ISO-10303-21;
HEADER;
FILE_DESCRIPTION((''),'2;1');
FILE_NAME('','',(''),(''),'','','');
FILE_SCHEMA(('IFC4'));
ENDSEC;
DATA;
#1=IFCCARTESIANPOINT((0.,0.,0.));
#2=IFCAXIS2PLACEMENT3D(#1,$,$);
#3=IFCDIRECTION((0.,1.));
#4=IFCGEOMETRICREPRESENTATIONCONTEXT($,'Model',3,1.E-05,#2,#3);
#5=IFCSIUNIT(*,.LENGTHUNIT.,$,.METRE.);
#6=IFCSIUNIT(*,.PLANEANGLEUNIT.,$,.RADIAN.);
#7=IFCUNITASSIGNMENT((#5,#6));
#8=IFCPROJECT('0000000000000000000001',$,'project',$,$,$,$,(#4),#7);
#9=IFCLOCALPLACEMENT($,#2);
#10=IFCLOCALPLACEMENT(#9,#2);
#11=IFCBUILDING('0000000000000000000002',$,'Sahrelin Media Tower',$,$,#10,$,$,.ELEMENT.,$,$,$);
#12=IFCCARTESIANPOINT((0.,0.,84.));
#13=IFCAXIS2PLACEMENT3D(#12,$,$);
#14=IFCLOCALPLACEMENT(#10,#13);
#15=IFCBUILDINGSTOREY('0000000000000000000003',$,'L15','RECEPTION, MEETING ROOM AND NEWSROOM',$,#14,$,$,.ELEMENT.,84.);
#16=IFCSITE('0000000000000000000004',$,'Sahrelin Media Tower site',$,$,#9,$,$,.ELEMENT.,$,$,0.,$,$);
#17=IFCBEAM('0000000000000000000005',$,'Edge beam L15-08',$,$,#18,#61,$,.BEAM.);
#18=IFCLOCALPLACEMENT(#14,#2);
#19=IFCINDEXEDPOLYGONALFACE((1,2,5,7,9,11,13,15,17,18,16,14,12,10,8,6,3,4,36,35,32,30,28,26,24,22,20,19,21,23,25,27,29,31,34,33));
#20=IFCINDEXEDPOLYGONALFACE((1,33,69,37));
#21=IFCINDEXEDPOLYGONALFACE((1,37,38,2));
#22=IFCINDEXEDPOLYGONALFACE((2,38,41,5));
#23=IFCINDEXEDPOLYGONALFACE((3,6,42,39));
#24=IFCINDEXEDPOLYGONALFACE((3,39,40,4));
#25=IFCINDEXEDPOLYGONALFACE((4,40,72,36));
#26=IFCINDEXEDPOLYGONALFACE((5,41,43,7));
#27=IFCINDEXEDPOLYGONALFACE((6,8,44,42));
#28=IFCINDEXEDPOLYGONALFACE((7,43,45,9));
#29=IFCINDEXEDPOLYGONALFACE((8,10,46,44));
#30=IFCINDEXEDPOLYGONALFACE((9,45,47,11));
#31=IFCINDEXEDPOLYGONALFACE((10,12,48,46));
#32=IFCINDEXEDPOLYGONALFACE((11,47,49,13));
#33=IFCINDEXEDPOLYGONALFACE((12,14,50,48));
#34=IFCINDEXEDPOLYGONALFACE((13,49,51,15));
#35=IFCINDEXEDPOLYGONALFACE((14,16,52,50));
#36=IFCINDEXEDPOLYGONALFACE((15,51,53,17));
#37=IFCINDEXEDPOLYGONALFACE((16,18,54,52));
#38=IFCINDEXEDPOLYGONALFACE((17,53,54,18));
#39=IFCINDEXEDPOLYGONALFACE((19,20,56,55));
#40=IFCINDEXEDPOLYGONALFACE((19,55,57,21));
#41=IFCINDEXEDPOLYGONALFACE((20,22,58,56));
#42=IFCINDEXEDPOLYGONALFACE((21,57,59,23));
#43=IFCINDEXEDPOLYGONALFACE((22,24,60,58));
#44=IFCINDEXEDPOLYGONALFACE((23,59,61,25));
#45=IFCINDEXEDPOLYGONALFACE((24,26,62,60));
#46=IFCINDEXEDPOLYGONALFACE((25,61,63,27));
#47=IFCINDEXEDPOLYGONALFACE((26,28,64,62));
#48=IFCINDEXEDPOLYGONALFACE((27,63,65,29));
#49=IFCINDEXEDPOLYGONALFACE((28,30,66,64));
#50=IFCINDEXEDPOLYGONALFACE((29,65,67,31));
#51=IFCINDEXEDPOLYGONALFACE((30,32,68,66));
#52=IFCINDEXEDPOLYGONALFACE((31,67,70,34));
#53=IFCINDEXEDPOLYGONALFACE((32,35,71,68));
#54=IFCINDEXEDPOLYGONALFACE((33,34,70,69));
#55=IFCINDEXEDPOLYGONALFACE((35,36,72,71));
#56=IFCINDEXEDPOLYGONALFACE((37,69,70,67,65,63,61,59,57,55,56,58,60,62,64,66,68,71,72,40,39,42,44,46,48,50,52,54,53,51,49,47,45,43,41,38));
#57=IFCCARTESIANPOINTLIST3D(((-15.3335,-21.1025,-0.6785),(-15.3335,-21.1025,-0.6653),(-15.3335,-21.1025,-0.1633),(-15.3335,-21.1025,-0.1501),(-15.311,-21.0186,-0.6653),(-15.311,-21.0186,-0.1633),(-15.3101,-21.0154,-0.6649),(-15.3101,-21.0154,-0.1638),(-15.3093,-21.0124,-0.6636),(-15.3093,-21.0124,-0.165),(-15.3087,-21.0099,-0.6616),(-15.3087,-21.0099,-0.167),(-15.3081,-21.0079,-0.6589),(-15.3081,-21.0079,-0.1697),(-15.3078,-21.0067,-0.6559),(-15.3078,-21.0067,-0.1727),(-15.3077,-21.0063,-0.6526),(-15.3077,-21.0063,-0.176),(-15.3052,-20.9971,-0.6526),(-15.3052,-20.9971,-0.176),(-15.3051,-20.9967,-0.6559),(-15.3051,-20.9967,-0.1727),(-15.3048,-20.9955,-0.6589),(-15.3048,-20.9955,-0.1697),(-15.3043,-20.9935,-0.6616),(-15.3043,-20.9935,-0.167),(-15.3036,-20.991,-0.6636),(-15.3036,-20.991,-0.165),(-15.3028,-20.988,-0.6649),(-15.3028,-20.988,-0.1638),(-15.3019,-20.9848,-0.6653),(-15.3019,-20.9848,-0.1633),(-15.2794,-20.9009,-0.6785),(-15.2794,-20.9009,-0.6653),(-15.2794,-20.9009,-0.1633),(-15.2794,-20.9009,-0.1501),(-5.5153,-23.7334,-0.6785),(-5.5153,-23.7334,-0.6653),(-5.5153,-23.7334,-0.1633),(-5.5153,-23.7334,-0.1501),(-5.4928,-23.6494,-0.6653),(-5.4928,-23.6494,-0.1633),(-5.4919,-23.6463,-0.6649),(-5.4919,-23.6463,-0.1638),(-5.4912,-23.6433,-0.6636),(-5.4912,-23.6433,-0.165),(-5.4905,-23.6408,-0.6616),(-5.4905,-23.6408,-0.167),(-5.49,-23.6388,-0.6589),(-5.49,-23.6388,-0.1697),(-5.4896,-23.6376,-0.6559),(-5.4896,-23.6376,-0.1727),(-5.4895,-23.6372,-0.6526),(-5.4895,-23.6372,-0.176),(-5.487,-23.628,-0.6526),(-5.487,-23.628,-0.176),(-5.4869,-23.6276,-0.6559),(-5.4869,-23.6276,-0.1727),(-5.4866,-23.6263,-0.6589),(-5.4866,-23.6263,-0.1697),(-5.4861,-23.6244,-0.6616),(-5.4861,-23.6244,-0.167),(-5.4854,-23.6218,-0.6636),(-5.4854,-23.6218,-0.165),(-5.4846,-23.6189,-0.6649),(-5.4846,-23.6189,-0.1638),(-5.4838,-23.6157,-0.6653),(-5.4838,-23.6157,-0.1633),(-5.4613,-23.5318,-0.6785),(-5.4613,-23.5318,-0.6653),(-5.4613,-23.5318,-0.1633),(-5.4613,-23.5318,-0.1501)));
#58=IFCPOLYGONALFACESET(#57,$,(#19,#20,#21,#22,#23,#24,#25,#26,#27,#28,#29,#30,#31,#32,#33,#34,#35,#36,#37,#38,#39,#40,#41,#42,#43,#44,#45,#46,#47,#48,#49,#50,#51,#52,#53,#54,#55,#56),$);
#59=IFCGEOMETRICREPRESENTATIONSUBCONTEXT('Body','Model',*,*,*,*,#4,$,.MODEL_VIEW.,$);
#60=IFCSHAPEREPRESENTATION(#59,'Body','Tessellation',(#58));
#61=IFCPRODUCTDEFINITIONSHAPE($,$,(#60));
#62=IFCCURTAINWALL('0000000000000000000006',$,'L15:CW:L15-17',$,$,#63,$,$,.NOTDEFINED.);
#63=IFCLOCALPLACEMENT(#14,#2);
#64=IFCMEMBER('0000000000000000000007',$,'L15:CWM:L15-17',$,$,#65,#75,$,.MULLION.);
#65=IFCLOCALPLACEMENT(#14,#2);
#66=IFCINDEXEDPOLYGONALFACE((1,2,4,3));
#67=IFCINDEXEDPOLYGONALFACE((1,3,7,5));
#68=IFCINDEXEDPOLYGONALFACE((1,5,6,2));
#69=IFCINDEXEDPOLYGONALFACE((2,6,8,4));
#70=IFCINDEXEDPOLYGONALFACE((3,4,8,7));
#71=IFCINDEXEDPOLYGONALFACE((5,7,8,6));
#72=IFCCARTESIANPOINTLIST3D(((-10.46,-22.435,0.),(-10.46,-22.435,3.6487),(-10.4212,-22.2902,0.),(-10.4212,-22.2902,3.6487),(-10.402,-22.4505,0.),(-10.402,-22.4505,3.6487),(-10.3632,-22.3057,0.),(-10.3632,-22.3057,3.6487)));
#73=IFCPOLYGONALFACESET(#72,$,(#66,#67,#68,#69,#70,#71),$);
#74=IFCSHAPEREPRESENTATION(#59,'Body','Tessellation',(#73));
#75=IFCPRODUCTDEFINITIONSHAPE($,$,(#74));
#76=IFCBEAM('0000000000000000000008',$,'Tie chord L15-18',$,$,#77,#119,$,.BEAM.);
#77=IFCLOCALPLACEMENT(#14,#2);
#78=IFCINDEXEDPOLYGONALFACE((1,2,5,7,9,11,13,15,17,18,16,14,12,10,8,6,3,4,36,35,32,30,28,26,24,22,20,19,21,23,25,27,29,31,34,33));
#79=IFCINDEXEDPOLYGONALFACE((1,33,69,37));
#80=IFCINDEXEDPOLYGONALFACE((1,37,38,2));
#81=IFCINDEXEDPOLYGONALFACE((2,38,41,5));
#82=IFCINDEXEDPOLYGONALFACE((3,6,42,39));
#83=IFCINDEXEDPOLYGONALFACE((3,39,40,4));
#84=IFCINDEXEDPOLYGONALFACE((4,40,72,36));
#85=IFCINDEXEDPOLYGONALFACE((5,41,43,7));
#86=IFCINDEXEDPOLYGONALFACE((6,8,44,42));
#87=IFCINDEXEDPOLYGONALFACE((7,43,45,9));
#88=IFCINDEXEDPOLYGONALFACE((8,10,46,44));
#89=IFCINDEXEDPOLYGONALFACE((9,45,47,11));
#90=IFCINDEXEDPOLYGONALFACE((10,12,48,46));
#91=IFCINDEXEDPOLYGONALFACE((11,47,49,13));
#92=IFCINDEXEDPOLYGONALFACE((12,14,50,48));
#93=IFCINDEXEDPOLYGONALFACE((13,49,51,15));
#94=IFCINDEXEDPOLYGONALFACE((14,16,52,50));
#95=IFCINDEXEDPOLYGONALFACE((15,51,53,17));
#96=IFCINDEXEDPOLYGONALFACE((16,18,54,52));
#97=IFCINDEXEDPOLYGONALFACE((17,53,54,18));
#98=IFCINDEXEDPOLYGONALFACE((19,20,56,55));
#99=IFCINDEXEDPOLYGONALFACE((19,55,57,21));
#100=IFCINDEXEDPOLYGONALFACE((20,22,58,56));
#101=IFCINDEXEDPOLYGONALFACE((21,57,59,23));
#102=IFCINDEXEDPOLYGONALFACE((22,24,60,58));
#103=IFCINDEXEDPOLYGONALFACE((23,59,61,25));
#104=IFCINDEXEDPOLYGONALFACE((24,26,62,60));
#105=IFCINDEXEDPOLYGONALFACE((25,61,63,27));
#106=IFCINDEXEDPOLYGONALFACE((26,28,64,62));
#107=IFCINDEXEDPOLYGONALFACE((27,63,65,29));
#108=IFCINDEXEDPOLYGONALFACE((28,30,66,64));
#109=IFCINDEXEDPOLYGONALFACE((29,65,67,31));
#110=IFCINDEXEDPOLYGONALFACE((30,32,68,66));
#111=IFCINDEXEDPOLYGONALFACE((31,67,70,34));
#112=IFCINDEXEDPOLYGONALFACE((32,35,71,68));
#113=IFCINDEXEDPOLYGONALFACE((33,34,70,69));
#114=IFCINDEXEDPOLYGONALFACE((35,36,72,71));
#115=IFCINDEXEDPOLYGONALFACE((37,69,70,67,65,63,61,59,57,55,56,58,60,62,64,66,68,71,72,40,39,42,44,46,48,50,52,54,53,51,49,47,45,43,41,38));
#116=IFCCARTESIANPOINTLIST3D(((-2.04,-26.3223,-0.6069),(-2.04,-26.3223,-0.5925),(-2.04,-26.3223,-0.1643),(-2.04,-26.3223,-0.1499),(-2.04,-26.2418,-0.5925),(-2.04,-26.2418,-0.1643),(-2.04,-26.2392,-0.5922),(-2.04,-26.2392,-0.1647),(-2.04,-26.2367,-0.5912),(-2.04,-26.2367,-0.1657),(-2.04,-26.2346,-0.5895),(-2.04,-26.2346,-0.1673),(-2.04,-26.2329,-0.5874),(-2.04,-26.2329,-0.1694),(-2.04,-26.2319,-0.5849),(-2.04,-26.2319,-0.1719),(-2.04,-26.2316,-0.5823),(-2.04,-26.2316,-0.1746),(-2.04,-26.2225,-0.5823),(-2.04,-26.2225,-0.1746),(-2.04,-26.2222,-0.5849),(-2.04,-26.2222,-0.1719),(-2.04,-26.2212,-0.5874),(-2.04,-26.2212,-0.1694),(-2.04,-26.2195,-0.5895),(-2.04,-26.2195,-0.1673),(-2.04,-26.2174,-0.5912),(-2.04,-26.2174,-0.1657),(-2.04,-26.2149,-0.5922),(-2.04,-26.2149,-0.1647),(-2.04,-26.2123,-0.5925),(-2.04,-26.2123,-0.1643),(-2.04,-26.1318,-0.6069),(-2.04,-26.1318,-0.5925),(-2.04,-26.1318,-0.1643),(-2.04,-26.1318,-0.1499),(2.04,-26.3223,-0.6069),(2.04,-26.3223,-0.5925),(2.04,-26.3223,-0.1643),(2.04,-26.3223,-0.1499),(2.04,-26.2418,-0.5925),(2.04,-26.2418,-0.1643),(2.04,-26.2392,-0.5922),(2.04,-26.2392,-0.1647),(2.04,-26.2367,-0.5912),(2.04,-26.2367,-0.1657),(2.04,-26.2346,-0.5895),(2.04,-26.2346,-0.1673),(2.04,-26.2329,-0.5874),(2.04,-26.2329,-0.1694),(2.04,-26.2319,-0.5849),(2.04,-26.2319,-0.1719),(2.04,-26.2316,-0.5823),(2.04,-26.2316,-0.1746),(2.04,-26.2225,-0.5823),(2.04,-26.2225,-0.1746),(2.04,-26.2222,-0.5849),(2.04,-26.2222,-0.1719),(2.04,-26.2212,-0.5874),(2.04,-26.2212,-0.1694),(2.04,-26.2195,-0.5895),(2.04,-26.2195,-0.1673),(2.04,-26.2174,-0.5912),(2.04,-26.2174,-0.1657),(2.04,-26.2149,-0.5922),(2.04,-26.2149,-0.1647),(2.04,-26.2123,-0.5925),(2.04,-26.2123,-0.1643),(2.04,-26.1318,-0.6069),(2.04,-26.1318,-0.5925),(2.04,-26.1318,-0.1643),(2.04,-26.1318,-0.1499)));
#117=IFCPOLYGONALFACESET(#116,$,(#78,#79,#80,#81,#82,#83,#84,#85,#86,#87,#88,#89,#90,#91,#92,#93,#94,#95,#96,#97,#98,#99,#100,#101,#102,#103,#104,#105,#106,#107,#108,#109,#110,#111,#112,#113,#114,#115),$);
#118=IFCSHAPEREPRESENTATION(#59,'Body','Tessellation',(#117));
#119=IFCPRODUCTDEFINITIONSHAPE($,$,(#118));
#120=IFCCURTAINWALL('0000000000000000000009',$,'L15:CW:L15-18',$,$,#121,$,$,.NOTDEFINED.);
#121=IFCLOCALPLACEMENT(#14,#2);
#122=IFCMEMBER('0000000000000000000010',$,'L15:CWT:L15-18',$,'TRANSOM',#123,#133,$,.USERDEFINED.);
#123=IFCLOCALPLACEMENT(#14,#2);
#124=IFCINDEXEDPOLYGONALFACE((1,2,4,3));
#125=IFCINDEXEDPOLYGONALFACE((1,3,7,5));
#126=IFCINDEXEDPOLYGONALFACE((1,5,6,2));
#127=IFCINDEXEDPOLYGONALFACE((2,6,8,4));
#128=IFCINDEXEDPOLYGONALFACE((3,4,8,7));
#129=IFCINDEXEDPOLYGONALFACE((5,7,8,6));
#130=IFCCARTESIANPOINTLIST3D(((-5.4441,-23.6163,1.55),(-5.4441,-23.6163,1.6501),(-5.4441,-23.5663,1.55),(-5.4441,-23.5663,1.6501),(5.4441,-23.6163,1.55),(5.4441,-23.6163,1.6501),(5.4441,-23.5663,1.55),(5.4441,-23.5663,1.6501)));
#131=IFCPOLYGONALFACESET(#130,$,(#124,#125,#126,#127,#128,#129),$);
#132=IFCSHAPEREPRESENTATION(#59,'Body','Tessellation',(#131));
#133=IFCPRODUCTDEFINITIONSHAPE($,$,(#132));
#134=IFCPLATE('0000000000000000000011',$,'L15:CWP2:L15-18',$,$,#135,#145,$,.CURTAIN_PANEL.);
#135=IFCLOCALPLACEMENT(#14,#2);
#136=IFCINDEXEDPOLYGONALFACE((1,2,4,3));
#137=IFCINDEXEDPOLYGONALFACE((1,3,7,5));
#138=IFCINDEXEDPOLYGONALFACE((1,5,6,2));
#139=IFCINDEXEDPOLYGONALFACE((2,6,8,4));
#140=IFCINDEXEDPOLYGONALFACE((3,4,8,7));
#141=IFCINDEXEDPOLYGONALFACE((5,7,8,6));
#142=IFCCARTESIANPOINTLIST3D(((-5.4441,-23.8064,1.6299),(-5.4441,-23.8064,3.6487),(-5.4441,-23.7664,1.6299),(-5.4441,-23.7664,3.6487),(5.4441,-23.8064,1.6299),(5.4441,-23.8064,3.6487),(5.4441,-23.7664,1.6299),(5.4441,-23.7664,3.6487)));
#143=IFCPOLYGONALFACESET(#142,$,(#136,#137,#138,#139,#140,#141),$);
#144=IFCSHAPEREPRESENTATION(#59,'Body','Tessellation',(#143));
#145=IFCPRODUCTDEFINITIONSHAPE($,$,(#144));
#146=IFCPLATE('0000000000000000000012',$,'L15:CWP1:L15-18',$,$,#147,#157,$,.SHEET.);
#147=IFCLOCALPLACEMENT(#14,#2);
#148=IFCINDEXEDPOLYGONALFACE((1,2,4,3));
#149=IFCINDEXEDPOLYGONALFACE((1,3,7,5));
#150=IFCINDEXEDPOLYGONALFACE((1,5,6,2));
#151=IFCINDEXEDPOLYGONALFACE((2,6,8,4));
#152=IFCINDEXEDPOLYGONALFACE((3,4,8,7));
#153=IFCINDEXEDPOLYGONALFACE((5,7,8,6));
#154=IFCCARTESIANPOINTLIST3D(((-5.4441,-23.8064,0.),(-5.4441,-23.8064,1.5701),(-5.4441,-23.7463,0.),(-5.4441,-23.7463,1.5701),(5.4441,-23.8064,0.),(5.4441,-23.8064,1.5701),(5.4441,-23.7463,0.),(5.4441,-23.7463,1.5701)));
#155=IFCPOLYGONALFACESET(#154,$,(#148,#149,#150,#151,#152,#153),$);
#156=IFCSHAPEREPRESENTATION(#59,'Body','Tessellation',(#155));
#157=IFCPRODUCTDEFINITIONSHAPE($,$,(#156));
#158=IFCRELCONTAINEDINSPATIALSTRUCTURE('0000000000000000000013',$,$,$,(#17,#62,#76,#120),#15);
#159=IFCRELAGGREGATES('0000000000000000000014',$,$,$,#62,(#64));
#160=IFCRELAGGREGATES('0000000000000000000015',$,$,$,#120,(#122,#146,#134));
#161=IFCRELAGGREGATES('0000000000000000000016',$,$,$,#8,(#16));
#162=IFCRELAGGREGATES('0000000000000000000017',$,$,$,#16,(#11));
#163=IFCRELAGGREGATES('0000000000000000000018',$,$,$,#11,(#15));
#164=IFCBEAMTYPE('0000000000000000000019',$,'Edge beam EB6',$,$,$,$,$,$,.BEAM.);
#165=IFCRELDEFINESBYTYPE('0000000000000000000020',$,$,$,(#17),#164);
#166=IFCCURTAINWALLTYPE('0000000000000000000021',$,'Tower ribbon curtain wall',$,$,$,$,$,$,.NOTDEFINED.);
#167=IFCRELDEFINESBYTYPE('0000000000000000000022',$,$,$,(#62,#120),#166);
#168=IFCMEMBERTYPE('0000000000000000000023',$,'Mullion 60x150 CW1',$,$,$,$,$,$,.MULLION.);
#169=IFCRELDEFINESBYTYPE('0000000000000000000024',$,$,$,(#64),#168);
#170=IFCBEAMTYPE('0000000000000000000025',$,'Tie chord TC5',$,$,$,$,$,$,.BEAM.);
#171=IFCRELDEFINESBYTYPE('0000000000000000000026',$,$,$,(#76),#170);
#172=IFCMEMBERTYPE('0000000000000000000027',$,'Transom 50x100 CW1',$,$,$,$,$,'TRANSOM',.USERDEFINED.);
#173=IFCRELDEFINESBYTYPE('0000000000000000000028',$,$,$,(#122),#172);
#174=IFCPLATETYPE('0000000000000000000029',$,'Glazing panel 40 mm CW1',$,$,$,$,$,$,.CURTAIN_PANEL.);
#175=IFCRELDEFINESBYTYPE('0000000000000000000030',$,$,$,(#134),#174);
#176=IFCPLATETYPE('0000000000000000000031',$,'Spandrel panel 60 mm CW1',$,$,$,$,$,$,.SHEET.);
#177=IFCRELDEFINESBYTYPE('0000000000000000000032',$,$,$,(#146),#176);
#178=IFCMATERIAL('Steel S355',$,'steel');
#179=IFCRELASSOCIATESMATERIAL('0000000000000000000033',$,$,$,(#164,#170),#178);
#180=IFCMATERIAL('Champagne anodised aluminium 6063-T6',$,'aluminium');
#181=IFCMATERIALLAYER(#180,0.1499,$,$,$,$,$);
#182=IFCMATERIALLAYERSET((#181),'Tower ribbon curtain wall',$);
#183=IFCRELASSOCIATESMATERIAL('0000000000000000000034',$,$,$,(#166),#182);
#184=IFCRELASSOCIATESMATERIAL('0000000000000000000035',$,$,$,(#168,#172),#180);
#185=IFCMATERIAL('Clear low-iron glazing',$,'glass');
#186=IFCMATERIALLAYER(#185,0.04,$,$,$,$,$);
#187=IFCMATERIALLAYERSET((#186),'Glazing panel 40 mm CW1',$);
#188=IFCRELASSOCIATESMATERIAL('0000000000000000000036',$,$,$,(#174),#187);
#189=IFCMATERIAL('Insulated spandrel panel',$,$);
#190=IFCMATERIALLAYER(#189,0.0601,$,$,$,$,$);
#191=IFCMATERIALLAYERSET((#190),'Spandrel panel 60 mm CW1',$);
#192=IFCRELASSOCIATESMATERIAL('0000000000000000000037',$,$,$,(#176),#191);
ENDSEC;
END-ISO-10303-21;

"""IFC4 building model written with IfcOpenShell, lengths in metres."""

from ifc_helpers import new_model, si_unit, direction, frame, origin, origin_2d, place, context, subcontext, project, spatial, polyline, rectangle, i_section, outline, extrude, material, layer, layer_set, material_profile, profile_set, type_object, element, aggregate, save


model = new_model("IFC4")

# Units and contexts
model_context = context("Model", 3, precision=1e-05, world=origin(), true_north=direction((0.0, 1.0)))
body_context = subcontext(model_context, "Body", "Model", "MODEL_VIEW")
ifc_project = project(units=[si_unit("LENGTHUNIT", "METRE"), si_unit("PLANEANGLEUNIT", "RADIAN")], contexts=[model_context])

# Site, building, storey
site_placement = place(None, origin())
site = spatial("IfcSite", under=ifc_project, at=site_placement, Name="Sahrelin Media Tower site", CompositionType="ELEMENT", RefElevation=0.0)
building_placement = place(site_placement, origin())
building = spatial("IfcBuilding", under=site, at=building_placement, Name="Sahrelin Media Tower", CompositionType="ELEMENT")
storey_placement = place(building_placement, frame((0.0, 0.0, 84.0)))
storey = spatial("IfcBuildingStorey", under=building, at=storey_placement, Name="L15", Description="RECEPTION, MEETING ROOM AND NEWSROOM", CompositionType="ELEMENT", Elevation=84.0)

# Beam
ifc_material_1 = material(Name="Steel S355", Category="steel")
ifc_material_profile_1 = material_profile(ifc_material_1, i_section(OverallWidth=0.2087, OverallDepth=0.5283, WebThickness=0.0095, FlangeThickness=0.0132, FilletRadius=0.0127, at=origin_2d()), Name="UB 533x210x82")
ifc_profile_set_1 = profile_set([ifc_material_profile_1], Name="Steel S355")
beam_type_1 = type_object("IfcBeamType", Name="Edge beam EB6", PredefinedType="BEAM", material=ifc_profile_set_1)
beam_1_placement = place(storey_placement, frame((-5.4883, -23.6326, -0.4143), z_axis=(-0.965923, 0.258829, 0.0), x_axis=(-0.258829, -0.965923, 0.0)))
element("IfcBeam", 1, at=beam_1_placement, inside=storey, type_object=beam_type_1, Name="Edge beam L15-08", PredefinedType="BEAM", context=body_context, shape_type="SweptSolid", body=[
    extrude(i_section(OverallWidth=0.2087, OverallDepth=0.5283, WebThickness=0.0095, FlangeThickness=0.0132, FilletRadius=0.0127, at=origin_2d()), origin(), (0.0, 0.0, 1.0), 10.1646),
])

# Curtain wall, member
ifc_material_2 = material(Name="Champagne anodised aluminium 6063-T6", Category="aluminium")
ifc_layer_1 = layer(ifc_material_2, 0.1499)
ifc_layer_set_1 = layer_set([ifc_layer_1], Name="Tower ribbon curtain wall")
curtain_wall_type = type_object("IfcCurtainWallType", Name="Tower ribbon curtain wall", PredefinedType="NOTDEFINED", material=ifc_layer_set_1)
curtain_wall_1_placement = place(storey_placement, frame((-10.4363, -22.4622, 0.0), z_axis=(0.0, 0.0, 1.0), x_axis=(1.0, 0.0, 0.0)))
curtain_wall_1 = element("IfcCurtainWall", 2, at=curtain_wall_1_placement, inside=storey, type_object=curtain_wall_type, Name="L15:CW:L15-17", PredefinedType="NOTDEFINED")
ifc_material_profile_2 = material_profile(ifc_material_2, rectangle(XDim=0.0601, YDim=0.1499, at=origin_2d()), Name="Mullion 60x150")
ifc_profile_set_2 = profile_set([ifc_material_profile_2], Name="Champagne anodised aluminium 6063-T6")
member_type_1 = type_object("IfcMemberType", Name="Mullion 60x150 CW1", PredefinedType="MULLION", material=ifc_profile_set_2)
member_1_placement = place(storey_placement, frame((-10.4116, -22.3704, 0.0), z_axis=(0.0, 0.0, 1.0), x_axis=(0.965926, -0.258817, 0.0)))
member_1 = element("IfcMember", 3, at=member_1_placement, type_object=member_type_1, Name="L15:CWM:L15-17", PredefinedType="MULLION", context=body_context, shape_type="SweptSolid", body=[
    extrude(rectangle(XDim=0.0601, YDim=0.1499, at=origin_2d()), origin(), (0.0, 0.0, 1.0), 3.6487),
])
aggregate(curtain_wall_1, [member_1])

# Beam
ifc_material_profile_3 = material_profile(ifc_material_1, i_section(OverallWidth=0.1904, OverallDepth=0.457, WebThickness=0.009, FlangeThickness=0.0144, FilletRadius=0.0103, at=origin_2d()), Name="UB 457x191x74")
ifc_profile_set_3 = profile_set([ifc_material_profile_3], Name="Steel S355")
beam_type_2 = type_object("IfcBeamType", Name="Tie chord TC5", PredefinedType="BEAM", material=ifc_profile_set_3)
beam_2_placement = place(storey_placement, frame((-2.04, -26.2271, -0.3784), z_axis=(1.0, 0.0, 0.0), x_axis=(0.0, 1.0, 0.0)))
element("IfcBeam", 4, at=beam_2_placement, inside=storey, type_object=beam_type_2, Name="Tie chord L15-18", PredefinedType="BEAM", context=body_context, shape_type="SweptSolid", body=[
    extrude(i_section(OverallWidth=0.1904, OverallDepth=0.457, WebThickness=0.009, FlangeThickness=0.0144, FilletRadius=0.0103, at=origin_2d()), origin(), (0.0, 0.0, 1.0), 4.0801),
])

# Curtain wall, member, plates
curtain_wall_2_placement = place(storey_placement, frame((0.0, -23.7864, 0.0), z_axis=(0.0, 0.0, 1.0), x_axis=(1.0, 0.0, 0.0)))
curtain_wall_2 = element("IfcCurtainWall", 5, at=curtain_wall_2_placement, inside=storey, type_object=curtain_wall_type, Name="L15:CW:L15-18", PredefinedType="NOTDEFINED")
ifc_material_profile_4 = material_profile(ifc_material_2, rectangle(XDim=0.05, YDim=0.1001, at=origin_2d()), Name="Transom 50x100")
ifc_profile_set_4 = profile_set([ifc_material_profile_4], Name="Champagne anodised aluminium 6063-T6")
member_type_2 = type_object("IfcMemberType", Name="Transom 50x100 CW1", ElementType="TRANSOM", PredefinedType="USERDEFINED", material=ifc_profile_set_4)
member_2_placement = place(storey_placement, frame((-5.4441, -23.5913, 1.6001), z_axis=(1.0, 0.0, 0.0), x_axis=(0.0, 1.0, 0.0)))
member_2 = element("IfcMember", 6, at=member_2_placement, type_object=member_type_2, Name="L15:CWT:L15-18", ObjectType="TRANSOM", PredefinedType="USERDEFINED", context=body_context, shape_type="SweptSolid", body=[
    extrude(rectangle(XDim=0.05, YDim=0.1001, at=origin_2d()), origin(), (0.0, 0.0, 1.0), 10.8882),
])
ifc_material_3 = material(Name="Clear low-iron glazing", Category="glass")
ifc_layer_2 = layer(ifc_material_3, 0.04)
ifc_layer_set_2 = layer_set([ifc_layer_2], Name="Glazing panel 40 mm CW1")
plate_type_1 = type_object("IfcPlateType", Name="Glazing panel 40 mm CW1", PredefinedType="CURTAIN_PANEL", material=ifc_layer_set_2)
plate_1_placement = place(storey_placement, frame((-5.4441, -23.8064, 1.6299), z_axis=(0.0, -1.0, 0.0), x_axis=(1.0, 0.0, 0.0)))
plate_1 = element("IfcPlate", 7, at=plate_1_placement, type_object=plate_type_1, Name="L15:CWP2:L15-18", PredefinedType="CURTAIN_PANEL", context=body_context, shape_type="SweptSolid", body=[
    extrude(outline(polyline([(0.0, 0.0), (10.8882, 0.0), (10.8882, 2.0188), (0.0, 2.0188), (0.0, 0.0)])), origin(), (0.0, 0.0, -1.0), 0.04),
])
ifc_material_4 = material(Name="Insulated spandrel panel")
ifc_layer_3 = layer(ifc_material_4, 0.0601)
ifc_layer_set_3 = layer_set([ifc_layer_3], Name="Spandrel panel 60 mm CW1")
plate_type_2 = type_object("IfcPlateType", Name="Spandrel panel 60 mm CW1", PredefinedType="SHEET", material=ifc_layer_set_3)
plate_2_placement = place(storey_placement, frame((-5.4441, -23.8064, 0.0), z_axis=(0.0, -1.0, 0.0), x_axis=(1.0, 0.0, 0.0)))
plate_2 = element("IfcPlate", 8, at=plate_2_placement, type_object=plate_type_2, Name="L15:CWP1:L15-18", PredefinedType="SHEET", context=body_context, shape_type="SweptSolid", body=[
    extrude(outline(polyline([(0.0, 0.0), (10.8882, 0.0), (10.8882, 1.5701), (0.0, 1.5701), (0.0, 0.0)])), origin(), (0.0, 0.0, -1.0), 0.0601),
])
aggregate(curtain_wall_2, [member_2, plate_2, plate_1])

save(model, "model.ifc")
